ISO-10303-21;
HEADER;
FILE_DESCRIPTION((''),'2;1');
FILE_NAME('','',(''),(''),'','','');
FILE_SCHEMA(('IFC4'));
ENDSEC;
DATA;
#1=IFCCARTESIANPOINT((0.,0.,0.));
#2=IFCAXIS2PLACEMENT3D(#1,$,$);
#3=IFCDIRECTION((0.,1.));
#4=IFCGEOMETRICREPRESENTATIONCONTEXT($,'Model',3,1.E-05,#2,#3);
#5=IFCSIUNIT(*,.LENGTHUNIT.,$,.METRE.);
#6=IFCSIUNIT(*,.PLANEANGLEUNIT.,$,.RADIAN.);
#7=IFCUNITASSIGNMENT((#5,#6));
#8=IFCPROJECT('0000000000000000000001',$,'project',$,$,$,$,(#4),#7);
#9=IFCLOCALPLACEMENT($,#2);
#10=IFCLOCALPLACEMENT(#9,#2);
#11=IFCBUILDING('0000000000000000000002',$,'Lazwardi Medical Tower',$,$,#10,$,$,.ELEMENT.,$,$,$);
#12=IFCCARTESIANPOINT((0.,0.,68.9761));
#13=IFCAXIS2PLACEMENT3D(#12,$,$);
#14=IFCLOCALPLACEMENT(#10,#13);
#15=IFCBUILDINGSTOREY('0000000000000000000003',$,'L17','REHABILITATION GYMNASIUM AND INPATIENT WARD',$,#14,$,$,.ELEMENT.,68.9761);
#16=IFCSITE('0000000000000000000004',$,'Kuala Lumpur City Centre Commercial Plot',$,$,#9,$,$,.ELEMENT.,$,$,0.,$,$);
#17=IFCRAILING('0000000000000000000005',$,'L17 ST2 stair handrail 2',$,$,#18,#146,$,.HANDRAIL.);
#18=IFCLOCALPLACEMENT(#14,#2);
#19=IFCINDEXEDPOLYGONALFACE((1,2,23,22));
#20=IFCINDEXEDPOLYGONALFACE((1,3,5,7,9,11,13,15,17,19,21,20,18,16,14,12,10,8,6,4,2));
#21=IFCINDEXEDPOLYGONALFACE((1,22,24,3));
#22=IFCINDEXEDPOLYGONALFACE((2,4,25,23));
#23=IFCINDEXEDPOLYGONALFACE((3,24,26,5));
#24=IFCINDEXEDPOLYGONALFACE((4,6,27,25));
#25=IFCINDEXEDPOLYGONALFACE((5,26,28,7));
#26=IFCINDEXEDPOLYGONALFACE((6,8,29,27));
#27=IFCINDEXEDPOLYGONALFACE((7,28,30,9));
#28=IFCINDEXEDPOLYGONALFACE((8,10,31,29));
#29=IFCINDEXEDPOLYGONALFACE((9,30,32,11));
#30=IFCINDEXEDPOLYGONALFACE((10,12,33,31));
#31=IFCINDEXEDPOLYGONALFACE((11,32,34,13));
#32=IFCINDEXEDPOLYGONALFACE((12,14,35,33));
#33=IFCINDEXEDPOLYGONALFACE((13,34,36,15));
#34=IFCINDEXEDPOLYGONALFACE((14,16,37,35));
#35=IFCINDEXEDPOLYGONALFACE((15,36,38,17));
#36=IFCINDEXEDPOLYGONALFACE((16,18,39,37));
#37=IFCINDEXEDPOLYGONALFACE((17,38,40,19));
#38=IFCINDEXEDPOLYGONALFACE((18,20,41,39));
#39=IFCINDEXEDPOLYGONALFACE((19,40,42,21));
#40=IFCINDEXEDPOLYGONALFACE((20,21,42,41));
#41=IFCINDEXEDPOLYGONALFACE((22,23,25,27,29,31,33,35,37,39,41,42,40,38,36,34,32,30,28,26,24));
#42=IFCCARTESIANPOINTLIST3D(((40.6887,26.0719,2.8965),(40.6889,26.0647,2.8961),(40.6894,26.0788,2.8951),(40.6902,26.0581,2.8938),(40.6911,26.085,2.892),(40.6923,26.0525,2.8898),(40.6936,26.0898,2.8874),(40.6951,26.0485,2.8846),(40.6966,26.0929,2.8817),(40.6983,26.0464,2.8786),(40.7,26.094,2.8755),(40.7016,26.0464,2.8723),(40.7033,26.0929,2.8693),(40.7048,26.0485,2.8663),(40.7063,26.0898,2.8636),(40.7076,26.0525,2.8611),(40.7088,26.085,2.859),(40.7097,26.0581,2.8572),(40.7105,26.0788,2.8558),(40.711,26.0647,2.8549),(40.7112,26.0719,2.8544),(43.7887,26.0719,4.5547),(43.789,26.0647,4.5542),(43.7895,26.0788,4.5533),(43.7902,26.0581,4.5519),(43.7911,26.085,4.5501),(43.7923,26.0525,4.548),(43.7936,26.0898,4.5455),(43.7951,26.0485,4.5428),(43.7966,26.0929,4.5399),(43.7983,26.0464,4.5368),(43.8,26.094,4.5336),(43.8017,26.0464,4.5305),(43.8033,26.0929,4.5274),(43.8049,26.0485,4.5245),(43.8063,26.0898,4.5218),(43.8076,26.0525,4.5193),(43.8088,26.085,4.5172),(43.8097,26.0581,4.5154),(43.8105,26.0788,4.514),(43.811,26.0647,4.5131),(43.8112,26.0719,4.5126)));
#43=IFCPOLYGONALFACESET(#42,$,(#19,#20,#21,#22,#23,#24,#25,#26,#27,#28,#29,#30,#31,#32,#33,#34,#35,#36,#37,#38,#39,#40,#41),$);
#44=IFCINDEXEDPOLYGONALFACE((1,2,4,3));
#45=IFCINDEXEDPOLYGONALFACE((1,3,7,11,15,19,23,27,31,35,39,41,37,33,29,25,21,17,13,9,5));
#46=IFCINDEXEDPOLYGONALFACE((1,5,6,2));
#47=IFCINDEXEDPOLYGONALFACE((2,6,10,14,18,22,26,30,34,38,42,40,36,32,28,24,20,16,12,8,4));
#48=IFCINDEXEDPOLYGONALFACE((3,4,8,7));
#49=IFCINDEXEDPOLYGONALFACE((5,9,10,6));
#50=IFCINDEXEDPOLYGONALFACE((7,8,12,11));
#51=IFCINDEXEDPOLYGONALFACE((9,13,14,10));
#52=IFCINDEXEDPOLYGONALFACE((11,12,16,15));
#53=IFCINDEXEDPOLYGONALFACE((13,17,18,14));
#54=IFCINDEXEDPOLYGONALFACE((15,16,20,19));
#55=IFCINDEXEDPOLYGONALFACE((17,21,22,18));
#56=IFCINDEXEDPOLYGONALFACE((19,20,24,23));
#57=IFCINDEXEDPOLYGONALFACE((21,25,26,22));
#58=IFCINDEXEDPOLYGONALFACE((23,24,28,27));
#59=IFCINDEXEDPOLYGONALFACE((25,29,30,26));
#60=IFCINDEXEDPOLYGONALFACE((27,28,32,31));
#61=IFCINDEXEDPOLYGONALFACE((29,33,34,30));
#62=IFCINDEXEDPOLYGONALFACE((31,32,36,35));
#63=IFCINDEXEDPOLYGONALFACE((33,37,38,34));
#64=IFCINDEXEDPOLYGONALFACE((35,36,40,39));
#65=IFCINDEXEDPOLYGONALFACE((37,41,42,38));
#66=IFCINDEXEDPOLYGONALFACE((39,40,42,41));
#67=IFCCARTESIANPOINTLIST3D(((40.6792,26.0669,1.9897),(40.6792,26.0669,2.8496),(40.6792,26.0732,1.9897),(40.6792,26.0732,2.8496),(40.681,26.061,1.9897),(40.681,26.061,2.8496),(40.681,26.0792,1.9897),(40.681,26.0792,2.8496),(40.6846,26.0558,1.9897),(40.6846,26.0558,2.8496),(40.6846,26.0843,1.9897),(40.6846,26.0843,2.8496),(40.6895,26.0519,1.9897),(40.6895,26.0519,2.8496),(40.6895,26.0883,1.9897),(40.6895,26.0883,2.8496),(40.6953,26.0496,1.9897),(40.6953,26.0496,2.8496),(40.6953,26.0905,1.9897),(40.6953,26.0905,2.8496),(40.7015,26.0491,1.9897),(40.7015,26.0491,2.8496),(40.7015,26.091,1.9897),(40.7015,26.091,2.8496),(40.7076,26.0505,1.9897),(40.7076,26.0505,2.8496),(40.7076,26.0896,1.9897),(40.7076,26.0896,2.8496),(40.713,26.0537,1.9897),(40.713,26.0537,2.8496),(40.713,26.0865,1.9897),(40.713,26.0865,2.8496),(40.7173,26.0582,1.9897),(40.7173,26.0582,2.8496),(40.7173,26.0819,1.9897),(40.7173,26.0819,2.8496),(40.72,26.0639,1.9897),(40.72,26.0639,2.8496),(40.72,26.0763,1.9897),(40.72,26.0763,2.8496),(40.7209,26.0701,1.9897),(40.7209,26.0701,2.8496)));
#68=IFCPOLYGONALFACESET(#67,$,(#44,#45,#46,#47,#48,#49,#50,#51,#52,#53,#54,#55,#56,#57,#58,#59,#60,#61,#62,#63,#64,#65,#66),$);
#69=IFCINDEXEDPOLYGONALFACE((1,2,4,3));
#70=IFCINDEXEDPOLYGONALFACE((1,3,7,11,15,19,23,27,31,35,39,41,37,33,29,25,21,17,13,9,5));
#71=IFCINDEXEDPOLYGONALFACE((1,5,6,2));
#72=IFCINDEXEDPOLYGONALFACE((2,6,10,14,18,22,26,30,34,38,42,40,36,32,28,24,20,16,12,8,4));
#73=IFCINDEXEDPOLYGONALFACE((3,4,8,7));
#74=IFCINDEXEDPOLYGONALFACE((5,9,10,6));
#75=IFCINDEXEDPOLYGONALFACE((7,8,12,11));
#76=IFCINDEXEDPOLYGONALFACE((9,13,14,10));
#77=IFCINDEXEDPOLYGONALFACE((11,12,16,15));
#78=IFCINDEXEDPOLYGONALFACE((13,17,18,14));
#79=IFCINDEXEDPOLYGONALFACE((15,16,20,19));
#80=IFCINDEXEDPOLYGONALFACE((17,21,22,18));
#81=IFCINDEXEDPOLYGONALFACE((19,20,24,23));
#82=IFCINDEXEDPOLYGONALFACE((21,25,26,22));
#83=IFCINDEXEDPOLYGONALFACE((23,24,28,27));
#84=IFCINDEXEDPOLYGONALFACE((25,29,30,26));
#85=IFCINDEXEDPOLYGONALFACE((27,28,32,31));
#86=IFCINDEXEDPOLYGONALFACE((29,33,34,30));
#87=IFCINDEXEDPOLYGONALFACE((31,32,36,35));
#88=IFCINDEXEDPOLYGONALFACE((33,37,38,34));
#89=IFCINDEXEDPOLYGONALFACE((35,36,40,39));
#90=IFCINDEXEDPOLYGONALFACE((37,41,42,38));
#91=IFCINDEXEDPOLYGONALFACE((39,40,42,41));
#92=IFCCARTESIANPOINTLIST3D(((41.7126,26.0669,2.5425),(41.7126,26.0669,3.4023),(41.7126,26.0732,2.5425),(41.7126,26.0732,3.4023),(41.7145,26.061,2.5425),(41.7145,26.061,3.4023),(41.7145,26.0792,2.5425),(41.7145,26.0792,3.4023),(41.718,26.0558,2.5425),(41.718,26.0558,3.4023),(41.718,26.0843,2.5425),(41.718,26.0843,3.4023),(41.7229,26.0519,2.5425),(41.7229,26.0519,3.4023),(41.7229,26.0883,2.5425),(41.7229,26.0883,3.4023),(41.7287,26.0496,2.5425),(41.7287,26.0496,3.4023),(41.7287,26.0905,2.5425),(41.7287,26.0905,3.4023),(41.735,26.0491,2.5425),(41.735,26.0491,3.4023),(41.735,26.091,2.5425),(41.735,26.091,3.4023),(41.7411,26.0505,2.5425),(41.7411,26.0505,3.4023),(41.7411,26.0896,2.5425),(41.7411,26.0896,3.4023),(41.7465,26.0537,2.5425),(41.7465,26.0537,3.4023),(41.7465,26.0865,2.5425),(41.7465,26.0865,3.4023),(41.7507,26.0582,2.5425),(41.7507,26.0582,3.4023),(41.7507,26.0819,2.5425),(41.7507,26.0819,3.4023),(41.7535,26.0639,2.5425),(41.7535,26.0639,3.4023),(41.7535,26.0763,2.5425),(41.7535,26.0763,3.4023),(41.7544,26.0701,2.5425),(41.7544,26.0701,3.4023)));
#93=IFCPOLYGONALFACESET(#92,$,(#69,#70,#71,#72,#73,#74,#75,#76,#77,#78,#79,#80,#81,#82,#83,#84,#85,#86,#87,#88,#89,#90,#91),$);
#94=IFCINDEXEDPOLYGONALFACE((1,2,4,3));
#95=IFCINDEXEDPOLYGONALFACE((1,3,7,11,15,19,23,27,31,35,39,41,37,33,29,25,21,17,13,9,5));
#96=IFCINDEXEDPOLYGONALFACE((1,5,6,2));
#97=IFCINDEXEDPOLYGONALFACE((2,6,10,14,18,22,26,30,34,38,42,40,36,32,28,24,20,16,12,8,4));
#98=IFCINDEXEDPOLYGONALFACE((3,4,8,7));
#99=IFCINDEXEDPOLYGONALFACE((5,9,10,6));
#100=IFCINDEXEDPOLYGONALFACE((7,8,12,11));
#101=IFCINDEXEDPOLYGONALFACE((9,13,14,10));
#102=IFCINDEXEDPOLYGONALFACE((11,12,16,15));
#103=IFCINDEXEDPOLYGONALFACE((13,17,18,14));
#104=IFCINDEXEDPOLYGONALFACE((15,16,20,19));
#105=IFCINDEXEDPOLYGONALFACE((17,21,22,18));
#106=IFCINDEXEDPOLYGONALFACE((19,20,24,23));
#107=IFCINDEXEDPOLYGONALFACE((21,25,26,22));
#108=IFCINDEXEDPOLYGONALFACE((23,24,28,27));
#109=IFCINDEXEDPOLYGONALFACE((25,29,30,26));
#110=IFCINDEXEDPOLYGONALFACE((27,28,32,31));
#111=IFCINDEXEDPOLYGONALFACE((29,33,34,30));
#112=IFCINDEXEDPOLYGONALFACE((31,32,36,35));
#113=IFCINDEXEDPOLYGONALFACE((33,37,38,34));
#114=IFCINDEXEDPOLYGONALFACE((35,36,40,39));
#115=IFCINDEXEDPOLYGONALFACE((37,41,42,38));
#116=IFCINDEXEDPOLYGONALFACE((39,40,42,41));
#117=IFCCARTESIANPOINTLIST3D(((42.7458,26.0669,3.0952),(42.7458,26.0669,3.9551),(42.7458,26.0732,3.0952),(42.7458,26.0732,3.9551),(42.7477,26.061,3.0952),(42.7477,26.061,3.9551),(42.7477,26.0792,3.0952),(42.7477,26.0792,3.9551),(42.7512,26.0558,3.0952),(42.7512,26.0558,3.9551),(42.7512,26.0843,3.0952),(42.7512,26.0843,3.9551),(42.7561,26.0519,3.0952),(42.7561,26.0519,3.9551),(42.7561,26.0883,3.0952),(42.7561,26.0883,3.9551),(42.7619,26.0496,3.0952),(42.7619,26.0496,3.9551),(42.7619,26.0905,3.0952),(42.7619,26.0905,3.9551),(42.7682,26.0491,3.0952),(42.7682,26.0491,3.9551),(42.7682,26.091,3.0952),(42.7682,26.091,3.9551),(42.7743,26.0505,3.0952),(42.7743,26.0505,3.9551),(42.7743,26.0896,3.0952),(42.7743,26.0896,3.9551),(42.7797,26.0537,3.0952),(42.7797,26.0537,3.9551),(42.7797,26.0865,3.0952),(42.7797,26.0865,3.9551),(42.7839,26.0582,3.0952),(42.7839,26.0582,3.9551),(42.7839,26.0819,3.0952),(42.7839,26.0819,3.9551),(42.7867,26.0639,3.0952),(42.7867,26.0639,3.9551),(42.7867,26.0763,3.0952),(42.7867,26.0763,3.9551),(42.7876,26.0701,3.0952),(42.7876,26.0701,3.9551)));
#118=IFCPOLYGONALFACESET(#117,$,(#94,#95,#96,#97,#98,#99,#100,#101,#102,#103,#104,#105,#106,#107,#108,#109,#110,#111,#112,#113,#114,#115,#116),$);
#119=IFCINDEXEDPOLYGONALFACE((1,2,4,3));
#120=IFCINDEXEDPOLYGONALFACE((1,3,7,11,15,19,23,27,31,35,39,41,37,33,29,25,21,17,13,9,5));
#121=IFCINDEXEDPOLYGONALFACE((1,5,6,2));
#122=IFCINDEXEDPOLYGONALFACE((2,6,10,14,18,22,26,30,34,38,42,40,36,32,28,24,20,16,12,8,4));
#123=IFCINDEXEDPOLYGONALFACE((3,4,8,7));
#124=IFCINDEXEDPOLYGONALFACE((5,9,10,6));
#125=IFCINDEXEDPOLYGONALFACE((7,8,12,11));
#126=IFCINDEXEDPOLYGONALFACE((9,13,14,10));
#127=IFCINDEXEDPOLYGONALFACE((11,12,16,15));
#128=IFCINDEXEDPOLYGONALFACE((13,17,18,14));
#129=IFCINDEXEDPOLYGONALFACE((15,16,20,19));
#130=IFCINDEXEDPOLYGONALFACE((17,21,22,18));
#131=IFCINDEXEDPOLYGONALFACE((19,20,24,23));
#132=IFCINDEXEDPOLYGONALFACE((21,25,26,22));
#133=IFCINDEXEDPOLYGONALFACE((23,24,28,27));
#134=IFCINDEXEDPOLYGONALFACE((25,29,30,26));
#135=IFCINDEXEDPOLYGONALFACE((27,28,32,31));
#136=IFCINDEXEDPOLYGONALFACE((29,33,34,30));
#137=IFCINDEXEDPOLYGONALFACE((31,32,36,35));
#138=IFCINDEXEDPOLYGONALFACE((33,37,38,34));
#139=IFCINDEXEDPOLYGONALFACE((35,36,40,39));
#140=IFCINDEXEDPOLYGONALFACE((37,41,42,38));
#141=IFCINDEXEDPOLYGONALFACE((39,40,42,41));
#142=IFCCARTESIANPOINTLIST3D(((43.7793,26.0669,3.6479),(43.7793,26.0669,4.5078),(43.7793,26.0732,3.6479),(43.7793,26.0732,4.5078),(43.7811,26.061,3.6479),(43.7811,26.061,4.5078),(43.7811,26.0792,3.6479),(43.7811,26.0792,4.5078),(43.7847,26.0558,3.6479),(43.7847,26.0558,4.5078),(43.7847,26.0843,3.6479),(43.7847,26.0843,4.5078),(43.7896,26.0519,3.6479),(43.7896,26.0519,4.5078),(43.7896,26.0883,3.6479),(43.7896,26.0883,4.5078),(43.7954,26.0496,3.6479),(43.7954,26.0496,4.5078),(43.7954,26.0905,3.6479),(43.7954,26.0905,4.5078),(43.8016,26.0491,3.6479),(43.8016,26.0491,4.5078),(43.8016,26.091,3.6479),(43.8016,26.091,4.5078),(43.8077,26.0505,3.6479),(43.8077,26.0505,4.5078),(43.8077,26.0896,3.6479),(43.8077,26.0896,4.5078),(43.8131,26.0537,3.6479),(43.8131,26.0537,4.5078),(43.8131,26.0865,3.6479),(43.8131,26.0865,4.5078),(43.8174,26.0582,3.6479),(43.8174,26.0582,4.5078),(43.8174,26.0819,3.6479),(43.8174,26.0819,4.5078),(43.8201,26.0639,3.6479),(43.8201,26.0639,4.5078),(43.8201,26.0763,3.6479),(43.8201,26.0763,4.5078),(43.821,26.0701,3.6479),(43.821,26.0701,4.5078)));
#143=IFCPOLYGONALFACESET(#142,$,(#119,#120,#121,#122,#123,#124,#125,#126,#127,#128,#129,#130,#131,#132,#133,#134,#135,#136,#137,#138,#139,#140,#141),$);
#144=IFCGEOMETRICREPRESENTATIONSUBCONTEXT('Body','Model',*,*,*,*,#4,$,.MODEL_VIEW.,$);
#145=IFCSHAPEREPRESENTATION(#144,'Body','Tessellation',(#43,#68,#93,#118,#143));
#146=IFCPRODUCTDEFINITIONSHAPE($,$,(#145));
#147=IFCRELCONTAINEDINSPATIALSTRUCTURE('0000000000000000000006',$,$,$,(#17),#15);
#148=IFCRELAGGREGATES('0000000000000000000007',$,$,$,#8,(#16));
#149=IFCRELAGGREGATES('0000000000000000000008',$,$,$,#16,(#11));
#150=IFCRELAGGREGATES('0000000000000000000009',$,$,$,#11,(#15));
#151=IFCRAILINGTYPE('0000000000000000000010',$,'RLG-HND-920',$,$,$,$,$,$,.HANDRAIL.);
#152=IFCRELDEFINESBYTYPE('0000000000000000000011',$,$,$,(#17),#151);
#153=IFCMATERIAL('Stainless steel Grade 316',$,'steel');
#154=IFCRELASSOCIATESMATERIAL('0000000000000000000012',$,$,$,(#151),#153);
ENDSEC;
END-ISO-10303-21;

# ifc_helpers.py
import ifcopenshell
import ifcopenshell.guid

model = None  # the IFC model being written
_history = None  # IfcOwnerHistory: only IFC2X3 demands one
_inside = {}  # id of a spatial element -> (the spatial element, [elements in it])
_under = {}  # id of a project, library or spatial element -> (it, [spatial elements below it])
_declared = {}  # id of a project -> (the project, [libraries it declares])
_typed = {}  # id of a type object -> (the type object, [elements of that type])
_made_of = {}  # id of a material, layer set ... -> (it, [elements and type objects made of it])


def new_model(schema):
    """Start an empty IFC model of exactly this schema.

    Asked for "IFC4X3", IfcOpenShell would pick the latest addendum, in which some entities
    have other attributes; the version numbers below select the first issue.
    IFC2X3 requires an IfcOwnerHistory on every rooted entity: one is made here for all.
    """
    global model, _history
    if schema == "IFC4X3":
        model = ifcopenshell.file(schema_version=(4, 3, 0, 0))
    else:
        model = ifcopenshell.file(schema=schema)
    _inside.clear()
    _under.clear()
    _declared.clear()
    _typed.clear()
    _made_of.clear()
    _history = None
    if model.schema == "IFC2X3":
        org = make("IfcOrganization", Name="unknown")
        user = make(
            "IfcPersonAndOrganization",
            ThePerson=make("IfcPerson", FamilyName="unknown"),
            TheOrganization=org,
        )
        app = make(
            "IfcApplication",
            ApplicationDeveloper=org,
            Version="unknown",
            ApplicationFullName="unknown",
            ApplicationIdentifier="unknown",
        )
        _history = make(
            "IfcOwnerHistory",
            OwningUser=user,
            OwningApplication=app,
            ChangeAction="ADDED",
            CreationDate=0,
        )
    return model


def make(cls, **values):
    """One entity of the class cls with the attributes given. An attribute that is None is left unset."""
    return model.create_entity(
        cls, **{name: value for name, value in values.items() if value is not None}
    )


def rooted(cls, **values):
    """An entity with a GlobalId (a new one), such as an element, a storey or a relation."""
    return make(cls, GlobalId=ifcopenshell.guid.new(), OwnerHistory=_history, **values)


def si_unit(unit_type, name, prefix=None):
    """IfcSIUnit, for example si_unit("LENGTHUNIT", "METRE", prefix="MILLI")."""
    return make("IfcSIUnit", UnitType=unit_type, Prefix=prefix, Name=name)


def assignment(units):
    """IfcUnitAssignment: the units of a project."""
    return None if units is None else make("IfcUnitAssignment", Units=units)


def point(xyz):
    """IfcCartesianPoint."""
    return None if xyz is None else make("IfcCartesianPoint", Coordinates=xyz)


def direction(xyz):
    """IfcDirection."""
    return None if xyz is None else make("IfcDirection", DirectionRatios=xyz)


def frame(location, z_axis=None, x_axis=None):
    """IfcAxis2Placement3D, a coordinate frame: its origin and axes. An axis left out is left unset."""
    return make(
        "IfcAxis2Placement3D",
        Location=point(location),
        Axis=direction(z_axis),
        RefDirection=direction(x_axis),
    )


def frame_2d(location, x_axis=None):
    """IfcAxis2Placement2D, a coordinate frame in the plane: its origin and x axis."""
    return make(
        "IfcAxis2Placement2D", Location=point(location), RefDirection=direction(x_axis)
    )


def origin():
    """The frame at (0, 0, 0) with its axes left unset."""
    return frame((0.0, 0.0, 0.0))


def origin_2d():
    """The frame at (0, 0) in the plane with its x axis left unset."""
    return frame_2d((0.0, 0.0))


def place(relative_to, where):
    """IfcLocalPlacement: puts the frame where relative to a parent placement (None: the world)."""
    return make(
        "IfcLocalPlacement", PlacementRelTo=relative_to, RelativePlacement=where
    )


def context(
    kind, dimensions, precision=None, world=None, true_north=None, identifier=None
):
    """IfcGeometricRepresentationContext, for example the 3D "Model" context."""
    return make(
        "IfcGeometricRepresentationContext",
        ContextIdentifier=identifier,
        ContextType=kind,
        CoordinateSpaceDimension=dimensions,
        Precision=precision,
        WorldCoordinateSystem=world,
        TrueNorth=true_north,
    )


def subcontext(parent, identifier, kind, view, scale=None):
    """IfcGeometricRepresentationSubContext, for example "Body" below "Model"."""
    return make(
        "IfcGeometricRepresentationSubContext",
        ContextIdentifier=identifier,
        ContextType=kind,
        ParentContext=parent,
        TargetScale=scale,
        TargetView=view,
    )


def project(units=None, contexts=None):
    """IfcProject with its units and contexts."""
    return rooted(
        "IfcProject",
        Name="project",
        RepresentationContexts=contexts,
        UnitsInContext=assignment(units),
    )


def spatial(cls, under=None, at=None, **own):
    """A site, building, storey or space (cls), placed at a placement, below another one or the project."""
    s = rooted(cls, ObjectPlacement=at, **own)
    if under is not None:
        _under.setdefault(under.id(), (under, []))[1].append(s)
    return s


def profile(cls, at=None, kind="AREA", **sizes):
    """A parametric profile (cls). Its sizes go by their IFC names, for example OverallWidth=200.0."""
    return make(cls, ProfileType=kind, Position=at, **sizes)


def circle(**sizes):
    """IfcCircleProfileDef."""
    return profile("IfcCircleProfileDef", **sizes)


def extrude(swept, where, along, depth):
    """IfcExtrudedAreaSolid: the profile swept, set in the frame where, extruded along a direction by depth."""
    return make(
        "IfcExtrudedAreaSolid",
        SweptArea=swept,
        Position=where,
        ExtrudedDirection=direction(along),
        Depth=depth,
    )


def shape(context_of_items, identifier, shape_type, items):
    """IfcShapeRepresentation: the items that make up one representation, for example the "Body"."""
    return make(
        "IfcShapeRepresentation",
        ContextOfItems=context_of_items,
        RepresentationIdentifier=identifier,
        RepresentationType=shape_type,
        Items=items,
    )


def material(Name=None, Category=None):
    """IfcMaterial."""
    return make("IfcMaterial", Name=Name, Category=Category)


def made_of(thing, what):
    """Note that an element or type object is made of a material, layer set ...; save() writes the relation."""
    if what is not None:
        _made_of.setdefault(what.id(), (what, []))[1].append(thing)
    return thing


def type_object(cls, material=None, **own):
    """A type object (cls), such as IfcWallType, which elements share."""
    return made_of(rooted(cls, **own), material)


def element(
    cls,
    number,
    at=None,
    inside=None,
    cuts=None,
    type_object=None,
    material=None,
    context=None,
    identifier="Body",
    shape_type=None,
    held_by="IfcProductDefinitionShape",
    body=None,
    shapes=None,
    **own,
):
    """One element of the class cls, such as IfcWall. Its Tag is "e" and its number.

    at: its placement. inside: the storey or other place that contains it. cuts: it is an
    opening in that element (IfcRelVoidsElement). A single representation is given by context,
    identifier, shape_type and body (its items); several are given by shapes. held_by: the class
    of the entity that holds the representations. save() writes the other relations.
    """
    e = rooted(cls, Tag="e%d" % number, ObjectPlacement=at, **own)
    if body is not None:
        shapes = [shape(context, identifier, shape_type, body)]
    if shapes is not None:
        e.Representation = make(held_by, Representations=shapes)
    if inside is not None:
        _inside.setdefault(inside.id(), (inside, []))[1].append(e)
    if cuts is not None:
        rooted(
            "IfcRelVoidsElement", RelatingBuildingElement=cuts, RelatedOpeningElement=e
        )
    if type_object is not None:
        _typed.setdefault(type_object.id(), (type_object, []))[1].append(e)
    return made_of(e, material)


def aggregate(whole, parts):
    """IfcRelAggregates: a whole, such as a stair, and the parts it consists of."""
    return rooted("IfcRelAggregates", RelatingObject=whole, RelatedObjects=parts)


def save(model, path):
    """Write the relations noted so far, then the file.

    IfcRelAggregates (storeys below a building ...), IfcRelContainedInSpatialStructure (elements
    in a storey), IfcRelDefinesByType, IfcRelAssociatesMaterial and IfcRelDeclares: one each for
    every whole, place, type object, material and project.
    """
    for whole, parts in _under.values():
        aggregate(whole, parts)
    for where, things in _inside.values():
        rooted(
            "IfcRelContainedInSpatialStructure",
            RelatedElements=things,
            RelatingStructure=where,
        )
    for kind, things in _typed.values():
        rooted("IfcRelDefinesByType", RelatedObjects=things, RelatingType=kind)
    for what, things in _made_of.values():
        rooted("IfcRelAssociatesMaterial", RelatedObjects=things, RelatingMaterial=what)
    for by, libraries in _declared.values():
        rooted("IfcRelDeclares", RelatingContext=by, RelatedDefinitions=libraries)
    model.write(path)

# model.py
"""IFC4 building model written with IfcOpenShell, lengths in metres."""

from ifc_helpers import new_model, si_unit, direction, frame, origin, origin_2d, place, context, subcontext, project, spatial, circle, extrude, material, type_object, element, save


model = new_model("IFC4")

# Units and contexts
model_context = context("Model", 3, precision=1e-05, world=origin(), true_north=direction((0.0, 1.0)))
body_context = subcontext(model_context, "Body", "Model", "MODEL_VIEW")
ifc_project = project(units=[si_unit("LENGTHUNIT", "METRE"), si_unit("PLANEANGLEUNIT", "RADIAN")], contexts=[model_context])

# Site, building, storey
site_placement = place(None, origin())
site = spatial("IfcSite", under=ifc_project, at=site_placement, Name="Kuala Lumpur City Centre Commercial Plot", CompositionType="ELEMENT", RefElevation=0.0)
building_placement = place(site_placement, origin())
building = spatial("IfcBuilding", under=site, at=building_placement, Name="Lazwardi Medical Tower", CompositionType="ELEMENT")
storey_placement = place(building_placement, frame((0.0, 0.0, 68.9761)))
storey = spatial("IfcBuildingStorey", under=building, at=storey_placement, Name="L17", Description="REHABILITATION GYMNASIUM AND INPATIENT WARD", CompositionType="ELEMENT", Elevation=68.9761)

# Railing
ifc_material_1 = material(Name="Stainless steel Grade 316", Category="steel")
railing_type_1 = type_object("IfcRailingType", Name="RLG-HND-920", PredefinedType="HANDRAIL", material=ifc_material_1)
railing_1_placement = place(storey_placement, frame((40.7, 26.0701, 1.9897)))
element("IfcRailing", 1, at=railing_1_placement, inside=storey, type_object=railing_type_1, Name="L17 ST2 stair handrail 2", PredefinedType="HANDRAIL", context=body_context, shape_type="SweptSolid", body=[
    extrude(circle(Radius=0.0239, at=origin_2d()), frame((0.0, 0.0, 0.8857), z_axis=(0.881783, 0.0, 0.471655), x_axis=(0.0, 1.0, 0.0)), (0.0, 0.0, 1.0), 3.5156),
    extrude(circle(Radius=0.021, at=origin_2d()), origin(), (0.0, 0.0, 1.0), 0.8599),
    extrude(circle(Radius=0.021, at=origin_2d()), frame((1.0334, 0.0, 0.5527)), (0.0, 0.0, 1.0), 0.8599),
    extrude(circle(Radius=0.021, at=origin_2d()), frame((2.0667, 0.0, 1.1055)), (0.0, 0.0, 1.0), 0.8599),
    extrude(circle(Radius=0.021, at=origin_2d()), frame((3.1001, 0.0, 1.6582)), (0.0, 0.0, 1.0), 0.8599),
])

save(model, "model.ifc")
